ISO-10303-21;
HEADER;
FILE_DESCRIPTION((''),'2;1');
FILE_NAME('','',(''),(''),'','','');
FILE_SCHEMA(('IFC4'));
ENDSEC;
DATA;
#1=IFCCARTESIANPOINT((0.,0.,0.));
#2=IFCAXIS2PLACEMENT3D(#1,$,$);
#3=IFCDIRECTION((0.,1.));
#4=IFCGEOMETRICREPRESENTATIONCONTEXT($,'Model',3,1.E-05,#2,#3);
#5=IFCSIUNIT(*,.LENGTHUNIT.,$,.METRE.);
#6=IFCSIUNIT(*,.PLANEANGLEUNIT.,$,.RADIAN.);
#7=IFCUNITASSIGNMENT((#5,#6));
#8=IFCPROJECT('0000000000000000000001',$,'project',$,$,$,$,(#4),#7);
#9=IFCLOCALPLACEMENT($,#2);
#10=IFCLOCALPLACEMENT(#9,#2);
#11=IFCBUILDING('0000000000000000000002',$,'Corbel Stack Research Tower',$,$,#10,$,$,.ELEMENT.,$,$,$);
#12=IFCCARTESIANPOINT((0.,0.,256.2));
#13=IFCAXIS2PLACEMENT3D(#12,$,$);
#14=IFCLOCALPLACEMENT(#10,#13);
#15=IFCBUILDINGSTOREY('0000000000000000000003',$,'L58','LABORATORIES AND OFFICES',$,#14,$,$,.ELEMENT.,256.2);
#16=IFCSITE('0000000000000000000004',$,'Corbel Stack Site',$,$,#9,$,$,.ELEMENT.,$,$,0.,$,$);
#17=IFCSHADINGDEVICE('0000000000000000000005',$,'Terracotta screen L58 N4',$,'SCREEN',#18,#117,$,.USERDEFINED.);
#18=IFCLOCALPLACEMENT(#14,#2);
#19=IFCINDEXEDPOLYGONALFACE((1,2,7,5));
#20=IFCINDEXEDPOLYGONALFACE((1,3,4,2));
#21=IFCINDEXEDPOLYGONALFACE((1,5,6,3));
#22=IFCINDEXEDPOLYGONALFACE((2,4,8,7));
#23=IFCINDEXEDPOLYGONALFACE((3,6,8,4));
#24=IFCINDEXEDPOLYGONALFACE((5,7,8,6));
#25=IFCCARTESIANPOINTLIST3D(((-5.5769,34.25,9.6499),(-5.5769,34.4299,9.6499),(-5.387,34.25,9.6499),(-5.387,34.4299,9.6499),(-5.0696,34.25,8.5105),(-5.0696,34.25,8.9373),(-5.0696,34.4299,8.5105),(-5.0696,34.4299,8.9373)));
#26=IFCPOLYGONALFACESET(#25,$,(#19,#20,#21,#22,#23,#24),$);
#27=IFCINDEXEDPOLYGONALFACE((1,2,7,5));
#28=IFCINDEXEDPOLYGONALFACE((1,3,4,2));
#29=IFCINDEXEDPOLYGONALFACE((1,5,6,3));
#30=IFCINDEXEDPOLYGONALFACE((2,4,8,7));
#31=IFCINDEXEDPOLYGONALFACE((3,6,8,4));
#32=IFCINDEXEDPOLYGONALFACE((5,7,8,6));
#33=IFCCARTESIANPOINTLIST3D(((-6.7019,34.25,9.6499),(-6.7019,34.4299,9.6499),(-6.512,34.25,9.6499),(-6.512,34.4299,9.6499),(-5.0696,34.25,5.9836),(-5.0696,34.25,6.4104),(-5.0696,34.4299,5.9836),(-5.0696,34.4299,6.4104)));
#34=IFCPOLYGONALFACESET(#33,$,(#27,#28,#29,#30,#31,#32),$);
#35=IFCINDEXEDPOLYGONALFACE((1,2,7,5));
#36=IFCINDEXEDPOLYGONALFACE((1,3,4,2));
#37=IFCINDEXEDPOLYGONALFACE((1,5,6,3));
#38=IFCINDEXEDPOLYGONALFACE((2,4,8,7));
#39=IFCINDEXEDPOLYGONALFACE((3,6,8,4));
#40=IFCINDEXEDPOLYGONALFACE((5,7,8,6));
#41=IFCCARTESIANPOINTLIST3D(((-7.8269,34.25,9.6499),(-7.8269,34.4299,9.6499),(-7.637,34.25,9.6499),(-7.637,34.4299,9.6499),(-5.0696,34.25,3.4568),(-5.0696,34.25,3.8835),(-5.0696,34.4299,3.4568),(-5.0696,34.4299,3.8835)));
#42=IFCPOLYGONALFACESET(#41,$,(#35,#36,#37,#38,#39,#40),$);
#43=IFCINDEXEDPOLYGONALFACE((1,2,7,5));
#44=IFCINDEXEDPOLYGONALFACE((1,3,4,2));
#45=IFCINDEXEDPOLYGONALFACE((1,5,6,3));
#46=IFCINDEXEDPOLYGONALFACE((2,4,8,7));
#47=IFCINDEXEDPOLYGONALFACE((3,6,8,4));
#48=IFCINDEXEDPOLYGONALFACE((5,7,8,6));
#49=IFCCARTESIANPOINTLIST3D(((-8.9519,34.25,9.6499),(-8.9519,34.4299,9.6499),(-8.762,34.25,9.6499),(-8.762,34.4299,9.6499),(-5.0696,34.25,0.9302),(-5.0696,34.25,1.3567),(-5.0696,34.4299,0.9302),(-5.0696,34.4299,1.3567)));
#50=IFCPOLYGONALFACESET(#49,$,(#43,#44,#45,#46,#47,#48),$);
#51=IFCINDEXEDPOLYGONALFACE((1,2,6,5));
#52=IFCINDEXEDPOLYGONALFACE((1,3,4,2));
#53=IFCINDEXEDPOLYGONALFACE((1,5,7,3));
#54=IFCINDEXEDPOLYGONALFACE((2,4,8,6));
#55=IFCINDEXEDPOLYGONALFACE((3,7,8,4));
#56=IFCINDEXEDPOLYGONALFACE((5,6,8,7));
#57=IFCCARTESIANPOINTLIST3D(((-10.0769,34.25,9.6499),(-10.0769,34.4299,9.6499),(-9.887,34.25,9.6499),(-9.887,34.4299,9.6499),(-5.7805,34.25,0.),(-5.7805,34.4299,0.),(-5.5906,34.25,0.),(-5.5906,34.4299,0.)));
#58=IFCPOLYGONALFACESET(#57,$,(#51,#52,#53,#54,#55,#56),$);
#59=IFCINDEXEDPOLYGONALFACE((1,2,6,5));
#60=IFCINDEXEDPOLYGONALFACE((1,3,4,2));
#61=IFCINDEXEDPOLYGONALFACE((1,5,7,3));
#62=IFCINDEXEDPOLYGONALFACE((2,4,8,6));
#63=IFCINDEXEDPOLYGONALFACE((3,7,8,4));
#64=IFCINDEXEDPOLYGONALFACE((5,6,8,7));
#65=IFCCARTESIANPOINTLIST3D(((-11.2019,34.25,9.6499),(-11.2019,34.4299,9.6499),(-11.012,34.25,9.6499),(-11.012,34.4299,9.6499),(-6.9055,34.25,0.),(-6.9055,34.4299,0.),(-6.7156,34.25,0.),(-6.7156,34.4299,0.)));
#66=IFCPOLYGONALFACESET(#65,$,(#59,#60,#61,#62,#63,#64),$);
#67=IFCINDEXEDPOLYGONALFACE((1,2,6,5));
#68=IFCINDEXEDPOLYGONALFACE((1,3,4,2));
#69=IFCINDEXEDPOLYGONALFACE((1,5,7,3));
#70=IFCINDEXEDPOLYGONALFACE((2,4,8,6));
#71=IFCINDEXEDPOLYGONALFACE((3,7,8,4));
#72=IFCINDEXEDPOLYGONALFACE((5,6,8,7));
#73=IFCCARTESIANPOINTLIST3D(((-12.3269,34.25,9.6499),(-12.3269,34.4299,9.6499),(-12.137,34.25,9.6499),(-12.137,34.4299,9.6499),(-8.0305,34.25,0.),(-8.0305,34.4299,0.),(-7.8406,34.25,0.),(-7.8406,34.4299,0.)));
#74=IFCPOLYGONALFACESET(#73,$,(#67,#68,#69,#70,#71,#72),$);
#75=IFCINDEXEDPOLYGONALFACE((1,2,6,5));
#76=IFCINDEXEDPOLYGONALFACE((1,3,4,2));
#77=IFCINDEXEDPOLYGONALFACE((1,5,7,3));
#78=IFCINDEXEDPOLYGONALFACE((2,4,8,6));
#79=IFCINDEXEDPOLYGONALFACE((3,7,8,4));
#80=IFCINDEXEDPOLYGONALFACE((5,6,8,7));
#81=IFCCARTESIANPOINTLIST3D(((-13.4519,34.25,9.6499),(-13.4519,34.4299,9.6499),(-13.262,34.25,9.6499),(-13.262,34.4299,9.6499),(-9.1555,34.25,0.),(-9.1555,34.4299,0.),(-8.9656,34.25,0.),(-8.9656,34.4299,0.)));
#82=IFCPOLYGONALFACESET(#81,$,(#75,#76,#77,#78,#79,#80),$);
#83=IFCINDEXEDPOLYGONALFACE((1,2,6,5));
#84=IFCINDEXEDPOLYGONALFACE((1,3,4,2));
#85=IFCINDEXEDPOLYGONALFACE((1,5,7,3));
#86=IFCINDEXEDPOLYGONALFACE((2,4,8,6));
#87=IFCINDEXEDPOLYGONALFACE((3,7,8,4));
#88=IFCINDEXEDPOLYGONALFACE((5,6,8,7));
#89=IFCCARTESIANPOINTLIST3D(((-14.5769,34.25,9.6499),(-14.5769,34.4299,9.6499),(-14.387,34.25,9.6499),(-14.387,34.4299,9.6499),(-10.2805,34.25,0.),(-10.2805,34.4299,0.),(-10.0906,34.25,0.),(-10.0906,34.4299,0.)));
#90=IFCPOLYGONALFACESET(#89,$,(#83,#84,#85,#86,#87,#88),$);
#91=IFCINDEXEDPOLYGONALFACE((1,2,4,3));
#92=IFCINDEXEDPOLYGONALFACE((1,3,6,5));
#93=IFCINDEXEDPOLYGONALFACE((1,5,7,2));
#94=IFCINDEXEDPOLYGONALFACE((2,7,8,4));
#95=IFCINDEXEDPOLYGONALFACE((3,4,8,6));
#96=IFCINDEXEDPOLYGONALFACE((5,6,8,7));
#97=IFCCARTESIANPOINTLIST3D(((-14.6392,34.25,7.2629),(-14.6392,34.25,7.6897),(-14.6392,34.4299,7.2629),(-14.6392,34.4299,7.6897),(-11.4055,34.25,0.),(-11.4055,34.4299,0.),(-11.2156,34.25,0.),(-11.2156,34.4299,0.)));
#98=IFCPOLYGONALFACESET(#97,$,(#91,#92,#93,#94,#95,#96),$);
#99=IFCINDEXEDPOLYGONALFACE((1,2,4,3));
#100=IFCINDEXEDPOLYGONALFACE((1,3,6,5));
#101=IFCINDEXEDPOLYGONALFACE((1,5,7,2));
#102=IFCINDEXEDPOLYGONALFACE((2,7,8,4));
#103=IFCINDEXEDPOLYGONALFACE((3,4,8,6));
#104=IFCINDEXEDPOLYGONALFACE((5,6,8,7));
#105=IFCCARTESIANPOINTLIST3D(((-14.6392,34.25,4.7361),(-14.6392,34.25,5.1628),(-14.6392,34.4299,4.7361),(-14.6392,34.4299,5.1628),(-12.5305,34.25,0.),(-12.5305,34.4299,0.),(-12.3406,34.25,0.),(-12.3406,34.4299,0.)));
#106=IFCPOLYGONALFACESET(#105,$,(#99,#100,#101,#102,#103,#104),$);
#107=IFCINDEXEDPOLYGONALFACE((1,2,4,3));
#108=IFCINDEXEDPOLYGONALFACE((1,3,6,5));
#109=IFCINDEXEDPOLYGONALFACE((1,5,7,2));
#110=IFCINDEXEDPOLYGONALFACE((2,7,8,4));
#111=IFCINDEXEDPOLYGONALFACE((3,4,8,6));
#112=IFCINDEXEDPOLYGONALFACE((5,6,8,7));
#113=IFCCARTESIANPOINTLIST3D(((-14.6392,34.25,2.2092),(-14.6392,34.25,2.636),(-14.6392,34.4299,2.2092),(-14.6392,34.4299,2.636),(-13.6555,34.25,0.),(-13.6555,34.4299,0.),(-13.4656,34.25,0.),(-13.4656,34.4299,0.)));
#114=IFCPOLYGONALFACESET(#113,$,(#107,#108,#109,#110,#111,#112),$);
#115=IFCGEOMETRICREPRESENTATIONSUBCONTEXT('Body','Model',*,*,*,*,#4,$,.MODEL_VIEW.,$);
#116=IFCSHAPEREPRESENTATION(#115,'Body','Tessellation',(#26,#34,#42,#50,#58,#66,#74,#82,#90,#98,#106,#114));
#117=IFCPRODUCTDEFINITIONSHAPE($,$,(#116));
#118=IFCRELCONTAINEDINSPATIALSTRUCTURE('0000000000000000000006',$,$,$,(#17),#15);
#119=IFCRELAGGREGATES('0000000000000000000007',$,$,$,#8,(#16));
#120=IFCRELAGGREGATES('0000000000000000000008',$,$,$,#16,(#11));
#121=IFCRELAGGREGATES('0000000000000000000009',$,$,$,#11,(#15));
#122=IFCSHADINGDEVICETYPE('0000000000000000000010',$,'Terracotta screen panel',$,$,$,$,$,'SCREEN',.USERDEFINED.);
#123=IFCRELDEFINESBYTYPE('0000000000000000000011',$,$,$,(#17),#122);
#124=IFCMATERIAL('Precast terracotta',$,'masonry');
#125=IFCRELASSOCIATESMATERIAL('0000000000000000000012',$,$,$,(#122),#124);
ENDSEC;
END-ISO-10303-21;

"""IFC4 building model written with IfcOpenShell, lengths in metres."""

from ifc_helpers import new_model, si_unit, direction, frame, origin, place, context, subcontext, project, spatial, polyline, outline, extrude, source, transform, mapped, material, type_object, element, save


model = new_model("IFC4")

# Units and contexts
model_context = context("Model", 3, precision=1e-05, world=origin(), true_north=direction((0.0, 1.0)))
body_context = subcontext(model_context, "Body", "Model", "MODEL_VIEW")
ifc_project = project(units=[si_unit("LENGTHUNIT", "METRE"), si_unit("PLANEANGLEUNIT", "RADIAN")], contexts=[model_context])

# Site, building, storey
site_placement = place(None, origin())
site = spatial("IfcSite", under=ifc_project, at=site_placement, Name="Corbel Stack Site", CompositionType="ELEMENT", RefElevation=0.0)
building_placement = place(site_placement, origin())
building = spatial("IfcBuilding", under=site, at=building_placement, Name="Corbel Stack Research Tower", CompositionType="ELEMENT")
storey_placement = place(building_placement, frame((0.0, 0.0, 256.2)))
storey = spatial("IfcBuildingStorey", under=building, at=storey_placement, Name="L58", Description="LABORATORIES AND OFFICES", CompositionType="ELEMENT", Elevation=256.2)

# Shading device
ifc_material_1 = material(Name="Precast terracotta", Category="masonry")
shading_device_type = type_object("IfcShadingDeviceType", Name="Terracotta screen panel", ElementType="SCREEN", PredefinedType="USERDEFINED", material=ifc_material_1)
shared_shape = source(origin(), body_context, "Body", "SweptSolid", [
    extrude(outline(polyline([(0.5073, 9.6499), (0.3174, 9.6499), (0.0, 8.9373), (0.0, 8.5105), (0.5073, 9.6499)])), frame((0.0, 0.0, 0.0), z_axis=(0.0, -1.0, 0.0), x_axis=(1.0, 0.0, 0.0)), (0.0, 0.0, 1.0), 0.1799),
    extrude(outline(polyline([(1.6323, 9.6499), (1.4424, 9.6499), (0.0, 6.4104), (0.0, 5.9836), (1.6323, 9.6499)])), frame((0.0, 0.0, 0.0), z_axis=(0.0, -1.0, 0.0), x_axis=(1.0, 0.0, 0.0)), (0.0, 0.0, 1.0), 0.1799),
    extrude(outline(polyline([(2.7573, 9.6499), (2.5674, 9.6499), (0.0, 3.8835), (0.0, 3.4568), (2.7573, 9.6499)])), frame((0.0, 0.0, 0.0), z_axis=(0.0, -1.0, 0.0), x_axis=(1.0, 0.0, 0.0)), (0.0, 0.0, 1.0), 0.1799),
    extrude(outline(polyline([(3.8823, 9.6499), (3.6924, 9.6499), (0.0, 1.3567), (0.0, 0.9302), (3.8823, 9.6499)])), frame((0.0, 0.0, 0.0), z_axis=(0.0, -1.0, 0.0), x_axis=(1.0, 0.0, 0.0)), (0.0, 0.0, 1.0), 0.1799),
    extrude(outline(polyline([(0.7109, 0.0), (5.0073, 9.6499), (4.8174, 9.6499), (0.521, 0.0), (0.7109, 0.0)])), frame((0.0, 0.0, 0.0), z_axis=(0.0, -1.0, 0.0), x_axis=(1.0, 0.0, 0.0)), (0.0, 0.0, 1.0), 0.1799),
    extrude(outline(polyline([(1.8359, 0.0), (6.1323, 9.6499), (5.9424, 9.6499), (1.646, 0.0), (1.8359, 0.0)])), frame((0.0, 0.0, 0.0), z_axis=(0.0, -1.0, 0.0), x_axis=(1.0, 0.0, 0.0)), (0.0, 0.0, 1.0), 0.1799),
    extrude(outline(polyline([(2.9609, 0.0), (7.2573, 9.6499), (7.0674, 9.6499), (2.771, 0.0), (2.9609, 0.0)])), frame((0.0, 0.0, 0.0), z_axis=(0.0, -1.0, 0.0), x_axis=(1.0, 0.0, 0.0)), (0.0, 0.0, 1.0), 0.1799),
    extrude(outline(polyline([(4.0859, 0.0), (8.3823, 9.6499), (8.1924, 9.6499), (3.896, 0.0), (4.0859, 0.0)])), frame((0.0, 0.0, 0.0), z_axis=(0.0, -1.0, 0.0), x_axis=(1.0, 0.0, 0.0)), (0.0, 0.0, 1.0), 0.1799),
    extrude(outline(polyline([(5.2109, 0.0), (9.5073, 9.6499), (9.3174, 9.6499), (5.021, 0.0), (5.2109, 0.0)])), frame((0.0, 0.0, 0.0), z_axis=(0.0, -1.0, 0.0), x_axis=(1.0, 0.0, 0.0)), (0.0, 0.0, 1.0), 0.1799),
    extrude(outline(polyline([(6.3359, 0.0), (9.5696, 7.2629), (9.5696, 7.6897), (6.146, 0.0), (6.3359, 0.0)])), frame((0.0, 0.0, 0.0), z_axis=(0.0, -1.0, 0.0), x_axis=(1.0, 0.0, 0.0)), (0.0, 0.0, 1.0), 0.1799),
    extrude(outline(polyline([(7.4609, 0.0), (9.5696, 4.7361), (9.5696, 5.1628), (7.271, 0.0), (7.4609, 0.0)])), frame((0.0, 0.0, 0.0), z_axis=(0.0, -1.0, 0.0), x_axis=(1.0, 0.0, 0.0)), (0.0, 0.0, 1.0), 0.1799),
    extrude(outline(polyline([(8.5859, 0.0), (9.5696, 2.2092), (9.5696, 2.636), (8.396, 0.0), (8.5859, 0.0)])), frame((0.0, 0.0, 0.0), z_axis=(0.0, -1.0, 0.0), x_axis=(1.0, 0.0, 0.0)), (0.0, 0.0, 1.0), 0.1799),
])
shading_device_placement = place(storey_placement, frame((-5.0696, 34.25, 0.0), z_axis=(0.0, 0.0, 1.0), x_axis=(-1.0, 0.0, 0.0)))
element("IfcShadingDevice", 1, at=shading_device_placement, inside=storey, type_object=shading_device_type, Name="Terracotta screen L58 N4", ObjectType="SCREEN", PredefinedType="USERDEFINED", context=body_context, shape_type="MappedRepresentation", body=[
    mapped(shared_shape, transform((0.0, 0.0, 0.0))),
])

save(model, "model.ifc")
